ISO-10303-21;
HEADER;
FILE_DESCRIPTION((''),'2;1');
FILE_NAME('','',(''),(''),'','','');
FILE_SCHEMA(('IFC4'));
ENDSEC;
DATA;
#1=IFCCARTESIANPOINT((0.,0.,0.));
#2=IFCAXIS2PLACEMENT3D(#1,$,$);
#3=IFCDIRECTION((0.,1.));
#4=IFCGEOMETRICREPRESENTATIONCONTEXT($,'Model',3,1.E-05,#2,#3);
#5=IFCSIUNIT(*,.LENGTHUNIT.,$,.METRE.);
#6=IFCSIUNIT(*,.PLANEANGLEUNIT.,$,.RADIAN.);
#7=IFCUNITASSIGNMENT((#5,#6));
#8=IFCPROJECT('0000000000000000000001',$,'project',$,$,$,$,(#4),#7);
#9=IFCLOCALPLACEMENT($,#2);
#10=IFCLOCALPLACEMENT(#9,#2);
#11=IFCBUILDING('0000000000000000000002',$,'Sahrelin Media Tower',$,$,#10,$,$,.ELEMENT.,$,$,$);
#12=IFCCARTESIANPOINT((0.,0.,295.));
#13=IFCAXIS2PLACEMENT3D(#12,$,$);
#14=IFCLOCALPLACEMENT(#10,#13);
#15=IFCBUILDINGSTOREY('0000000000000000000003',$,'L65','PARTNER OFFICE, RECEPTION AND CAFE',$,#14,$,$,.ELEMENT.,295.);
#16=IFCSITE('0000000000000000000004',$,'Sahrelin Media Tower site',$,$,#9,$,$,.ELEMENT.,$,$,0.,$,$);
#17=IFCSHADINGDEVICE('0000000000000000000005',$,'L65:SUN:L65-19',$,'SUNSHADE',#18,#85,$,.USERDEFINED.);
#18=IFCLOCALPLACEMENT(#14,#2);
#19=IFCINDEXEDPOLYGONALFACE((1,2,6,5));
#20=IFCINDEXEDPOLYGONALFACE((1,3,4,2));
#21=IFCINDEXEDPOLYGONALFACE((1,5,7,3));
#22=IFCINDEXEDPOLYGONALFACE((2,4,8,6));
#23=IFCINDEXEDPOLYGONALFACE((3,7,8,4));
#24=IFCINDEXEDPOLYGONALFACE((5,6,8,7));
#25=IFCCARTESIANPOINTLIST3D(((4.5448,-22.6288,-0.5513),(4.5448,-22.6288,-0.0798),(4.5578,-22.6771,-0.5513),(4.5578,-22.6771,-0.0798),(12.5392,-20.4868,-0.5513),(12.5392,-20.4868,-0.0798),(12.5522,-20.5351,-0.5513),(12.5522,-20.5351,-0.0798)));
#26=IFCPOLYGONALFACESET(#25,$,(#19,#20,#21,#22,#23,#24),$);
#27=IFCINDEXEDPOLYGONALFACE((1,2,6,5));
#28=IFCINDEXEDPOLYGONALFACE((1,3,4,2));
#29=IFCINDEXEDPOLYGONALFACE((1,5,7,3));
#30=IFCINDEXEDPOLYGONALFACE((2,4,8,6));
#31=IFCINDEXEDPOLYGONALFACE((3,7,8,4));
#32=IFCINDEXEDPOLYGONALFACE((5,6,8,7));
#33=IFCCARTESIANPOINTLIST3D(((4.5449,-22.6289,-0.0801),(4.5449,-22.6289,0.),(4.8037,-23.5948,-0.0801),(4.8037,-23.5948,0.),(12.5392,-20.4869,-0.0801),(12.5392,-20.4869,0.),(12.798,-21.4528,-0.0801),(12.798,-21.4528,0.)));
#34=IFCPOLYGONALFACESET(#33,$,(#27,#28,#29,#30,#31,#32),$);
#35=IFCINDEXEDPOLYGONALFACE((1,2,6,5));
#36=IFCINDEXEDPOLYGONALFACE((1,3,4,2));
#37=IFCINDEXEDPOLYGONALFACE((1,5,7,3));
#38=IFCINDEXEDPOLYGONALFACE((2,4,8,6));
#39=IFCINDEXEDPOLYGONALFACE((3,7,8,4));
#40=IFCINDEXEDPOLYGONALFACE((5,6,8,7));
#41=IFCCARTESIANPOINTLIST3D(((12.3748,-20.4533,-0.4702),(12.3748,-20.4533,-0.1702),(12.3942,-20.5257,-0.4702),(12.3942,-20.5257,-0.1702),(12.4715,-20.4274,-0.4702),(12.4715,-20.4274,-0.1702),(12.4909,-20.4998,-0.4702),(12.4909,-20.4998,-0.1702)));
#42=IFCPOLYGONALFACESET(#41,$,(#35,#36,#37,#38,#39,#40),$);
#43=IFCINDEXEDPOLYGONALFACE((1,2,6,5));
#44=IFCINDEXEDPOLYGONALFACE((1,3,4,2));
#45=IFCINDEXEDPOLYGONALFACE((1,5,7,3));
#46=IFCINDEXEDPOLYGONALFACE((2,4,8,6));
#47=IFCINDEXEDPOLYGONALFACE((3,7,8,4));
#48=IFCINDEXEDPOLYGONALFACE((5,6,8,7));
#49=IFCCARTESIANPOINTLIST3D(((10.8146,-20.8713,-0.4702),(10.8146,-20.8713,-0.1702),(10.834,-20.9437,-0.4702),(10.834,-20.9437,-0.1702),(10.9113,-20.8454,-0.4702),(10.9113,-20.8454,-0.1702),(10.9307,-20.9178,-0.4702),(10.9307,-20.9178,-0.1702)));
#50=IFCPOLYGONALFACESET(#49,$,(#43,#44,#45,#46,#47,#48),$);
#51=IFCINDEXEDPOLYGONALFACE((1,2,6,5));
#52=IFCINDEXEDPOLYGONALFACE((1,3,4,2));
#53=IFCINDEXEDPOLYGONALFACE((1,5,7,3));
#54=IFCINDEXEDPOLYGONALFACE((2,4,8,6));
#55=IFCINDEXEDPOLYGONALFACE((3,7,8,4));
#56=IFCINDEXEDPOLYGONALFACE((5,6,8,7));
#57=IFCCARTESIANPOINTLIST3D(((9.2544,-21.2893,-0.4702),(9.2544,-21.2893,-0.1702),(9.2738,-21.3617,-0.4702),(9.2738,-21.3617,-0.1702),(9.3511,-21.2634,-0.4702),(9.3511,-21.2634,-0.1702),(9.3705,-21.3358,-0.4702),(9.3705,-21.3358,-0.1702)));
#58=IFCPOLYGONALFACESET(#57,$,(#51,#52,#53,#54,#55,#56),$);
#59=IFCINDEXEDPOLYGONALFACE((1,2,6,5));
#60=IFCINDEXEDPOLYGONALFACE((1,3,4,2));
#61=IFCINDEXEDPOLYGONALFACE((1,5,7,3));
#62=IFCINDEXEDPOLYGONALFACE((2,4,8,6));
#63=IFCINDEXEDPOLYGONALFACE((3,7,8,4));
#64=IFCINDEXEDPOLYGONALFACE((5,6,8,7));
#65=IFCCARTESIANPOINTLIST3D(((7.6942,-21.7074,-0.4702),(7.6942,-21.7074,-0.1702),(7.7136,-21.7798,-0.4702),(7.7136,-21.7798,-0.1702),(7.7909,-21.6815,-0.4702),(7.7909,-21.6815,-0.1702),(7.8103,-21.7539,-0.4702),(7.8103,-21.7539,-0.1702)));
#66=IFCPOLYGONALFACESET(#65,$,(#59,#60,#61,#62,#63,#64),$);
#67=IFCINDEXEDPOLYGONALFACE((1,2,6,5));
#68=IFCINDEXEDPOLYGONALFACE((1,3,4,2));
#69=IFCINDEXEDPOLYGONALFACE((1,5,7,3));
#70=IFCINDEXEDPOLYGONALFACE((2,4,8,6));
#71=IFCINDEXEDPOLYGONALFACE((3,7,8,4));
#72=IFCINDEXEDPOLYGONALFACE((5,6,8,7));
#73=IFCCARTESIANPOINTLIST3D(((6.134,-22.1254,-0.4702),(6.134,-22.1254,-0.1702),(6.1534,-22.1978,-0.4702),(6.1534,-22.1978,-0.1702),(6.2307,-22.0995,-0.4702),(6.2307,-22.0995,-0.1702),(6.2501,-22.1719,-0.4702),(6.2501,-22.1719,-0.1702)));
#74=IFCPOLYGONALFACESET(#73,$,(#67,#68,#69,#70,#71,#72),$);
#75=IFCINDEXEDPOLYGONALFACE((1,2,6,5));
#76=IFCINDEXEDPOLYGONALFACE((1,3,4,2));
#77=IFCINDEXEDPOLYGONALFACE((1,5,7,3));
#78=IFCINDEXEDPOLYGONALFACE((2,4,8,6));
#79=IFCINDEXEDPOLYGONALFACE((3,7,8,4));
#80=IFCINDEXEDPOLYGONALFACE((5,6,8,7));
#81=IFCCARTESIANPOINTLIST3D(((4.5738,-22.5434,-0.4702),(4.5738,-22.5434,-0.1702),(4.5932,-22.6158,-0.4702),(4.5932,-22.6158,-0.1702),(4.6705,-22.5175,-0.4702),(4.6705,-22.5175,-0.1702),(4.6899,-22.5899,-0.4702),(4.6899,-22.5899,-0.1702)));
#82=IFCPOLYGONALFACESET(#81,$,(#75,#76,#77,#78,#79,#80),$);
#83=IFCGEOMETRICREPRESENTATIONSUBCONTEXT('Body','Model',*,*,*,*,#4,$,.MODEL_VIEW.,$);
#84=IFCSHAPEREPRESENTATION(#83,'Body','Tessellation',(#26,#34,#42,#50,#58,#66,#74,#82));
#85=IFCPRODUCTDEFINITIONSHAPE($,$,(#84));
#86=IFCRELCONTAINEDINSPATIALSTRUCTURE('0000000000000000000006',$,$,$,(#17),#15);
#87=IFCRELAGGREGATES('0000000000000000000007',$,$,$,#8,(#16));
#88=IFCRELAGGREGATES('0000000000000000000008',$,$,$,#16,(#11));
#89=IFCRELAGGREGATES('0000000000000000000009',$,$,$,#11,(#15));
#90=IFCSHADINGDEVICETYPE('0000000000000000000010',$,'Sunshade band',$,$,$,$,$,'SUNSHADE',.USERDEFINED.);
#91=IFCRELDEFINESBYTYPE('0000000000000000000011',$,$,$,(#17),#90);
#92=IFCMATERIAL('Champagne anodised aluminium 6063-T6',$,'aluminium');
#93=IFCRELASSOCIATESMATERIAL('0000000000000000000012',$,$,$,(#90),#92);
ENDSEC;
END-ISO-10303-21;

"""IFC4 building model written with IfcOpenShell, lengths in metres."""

from ifc_helpers import new_model, si_unit, direction, frame, origin, origin_2d, place, context, subcontext, project, spatial, rectangle, extrude, material, type_object, element, save


model = new_model("IFC4")

# Units and contexts
model_context = context("Model", 3, precision=1e-05, world=origin(), true_north=direction((0.0, 1.0)))
body_context = subcontext(model_context, "Body", "Model", "MODEL_VIEW")
ifc_project = project(units=[si_unit("LENGTHUNIT", "METRE"), si_unit("PLANEANGLEUNIT", "RADIAN")], contexts=[model_context])

# Site, building, storey
site_placement = place(None, origin())
site = spatial("IfcSite", under=ifc_project, at=site_placement, Name="Sahrelin Media Tower site", CompositionType="ELEMENT", RefElevation=0.0)
building_placement = place(site_placement, origin())
building = spatial("IfcBuilding", under=site, at=building_placement, Name="Sahrelin Media Tower", CompositionType="ELEMENT")
storey_placement = place(building_placement, frame((0.0, 0.0, 295.0)))
storey = spatial("IfcBuildingStorey", under=building, at=storey_placement, Name="L65", Description="PARTNER OFFICE, RECEPTION AND CAFE", CompositionType="ELEMENT", Elevation=295.0)

# Shared definitions
ifc_material_1 = material(Name="Champagne anodised aluminium 6063-T6", Category="aluminium")

# Shading device
placement_1 = place(storey_placement, frame((8.5369, -21.5386, 0.0), z_axis=(0.0, 0.0, 1.0), x_axis=(-0.965929, -0.258808, 0.0)))
shading_device_type_1 = type_object("IfcShadingDeviceType", Name="Sunshade band", ElementType="SUNSHADE", PredefinedType="USERDEFINED", material=ifc_material_1)
element("IfcShadingDevice", 1, at=placement_1, inside=storey, type_object=shading_device_type_1, Name="L65:SUN:L65-19", ObjectType="SUNSHADE", PredefinedType="USERDEFINED", context=body_context, shape_type="SweptSolid", body=[
    extrude(rectangle(XDim=8.2764, YDim=0.05, at=origin_2d()), frame((0.0, 0.0449, -0.5513)), (0.0, 0.0, 1.0), 0.4714),
    extrude(rectangle(XDim=8.2764, YDim=1.0, at=origin_2d()), frame((0.0, 0.52, -0.0801)), (0.0, 0.0, 1.0), 0.0801),
    extrude(rectangle(XDim=0.1001, YDim=0.075, at=origin_2d()), frame((-4.0381, -0.0176, -0.4702)), (0.0, 0.0, 1.0), 0.3),
    extrude(rectangle(XDim=0.1001, YDim=0.075, at=origin_2d()), frame((-2.4229, -0.0176, -0.4702)), (0.0, 0.0, 1.0), 0.3),
    extrude(rectangle(XDim=0.1001, YDim=0.075, at=origin_2d()), frame((-0.8076, -0.0176, -0.4702)), (0.0, 0.0, 1.0), 0.3),
    extrude(rectangle(XDim=0.1001, YDim=0.075, at=origin_2d()), frame((0.8076, -0.0176, -0.4702)), (0.0, 0.0, 1.0), 0.3),
    extrude(rectangle(XDim=0.1001, YDim=0.075, at=origin_2d()), frame((2.4229, -0.0176, -0.4702)), (0.0, 0.0, 1.0), 0.3),
    extrude(rectangle(XDim=0.1001, YDim=0.075, at=origin_2d()), frame((4.0381, -0.0176, -0.4702)), (0.0, 0.0, 1.0), 0.3),
])

save(model, "model.ifc")
